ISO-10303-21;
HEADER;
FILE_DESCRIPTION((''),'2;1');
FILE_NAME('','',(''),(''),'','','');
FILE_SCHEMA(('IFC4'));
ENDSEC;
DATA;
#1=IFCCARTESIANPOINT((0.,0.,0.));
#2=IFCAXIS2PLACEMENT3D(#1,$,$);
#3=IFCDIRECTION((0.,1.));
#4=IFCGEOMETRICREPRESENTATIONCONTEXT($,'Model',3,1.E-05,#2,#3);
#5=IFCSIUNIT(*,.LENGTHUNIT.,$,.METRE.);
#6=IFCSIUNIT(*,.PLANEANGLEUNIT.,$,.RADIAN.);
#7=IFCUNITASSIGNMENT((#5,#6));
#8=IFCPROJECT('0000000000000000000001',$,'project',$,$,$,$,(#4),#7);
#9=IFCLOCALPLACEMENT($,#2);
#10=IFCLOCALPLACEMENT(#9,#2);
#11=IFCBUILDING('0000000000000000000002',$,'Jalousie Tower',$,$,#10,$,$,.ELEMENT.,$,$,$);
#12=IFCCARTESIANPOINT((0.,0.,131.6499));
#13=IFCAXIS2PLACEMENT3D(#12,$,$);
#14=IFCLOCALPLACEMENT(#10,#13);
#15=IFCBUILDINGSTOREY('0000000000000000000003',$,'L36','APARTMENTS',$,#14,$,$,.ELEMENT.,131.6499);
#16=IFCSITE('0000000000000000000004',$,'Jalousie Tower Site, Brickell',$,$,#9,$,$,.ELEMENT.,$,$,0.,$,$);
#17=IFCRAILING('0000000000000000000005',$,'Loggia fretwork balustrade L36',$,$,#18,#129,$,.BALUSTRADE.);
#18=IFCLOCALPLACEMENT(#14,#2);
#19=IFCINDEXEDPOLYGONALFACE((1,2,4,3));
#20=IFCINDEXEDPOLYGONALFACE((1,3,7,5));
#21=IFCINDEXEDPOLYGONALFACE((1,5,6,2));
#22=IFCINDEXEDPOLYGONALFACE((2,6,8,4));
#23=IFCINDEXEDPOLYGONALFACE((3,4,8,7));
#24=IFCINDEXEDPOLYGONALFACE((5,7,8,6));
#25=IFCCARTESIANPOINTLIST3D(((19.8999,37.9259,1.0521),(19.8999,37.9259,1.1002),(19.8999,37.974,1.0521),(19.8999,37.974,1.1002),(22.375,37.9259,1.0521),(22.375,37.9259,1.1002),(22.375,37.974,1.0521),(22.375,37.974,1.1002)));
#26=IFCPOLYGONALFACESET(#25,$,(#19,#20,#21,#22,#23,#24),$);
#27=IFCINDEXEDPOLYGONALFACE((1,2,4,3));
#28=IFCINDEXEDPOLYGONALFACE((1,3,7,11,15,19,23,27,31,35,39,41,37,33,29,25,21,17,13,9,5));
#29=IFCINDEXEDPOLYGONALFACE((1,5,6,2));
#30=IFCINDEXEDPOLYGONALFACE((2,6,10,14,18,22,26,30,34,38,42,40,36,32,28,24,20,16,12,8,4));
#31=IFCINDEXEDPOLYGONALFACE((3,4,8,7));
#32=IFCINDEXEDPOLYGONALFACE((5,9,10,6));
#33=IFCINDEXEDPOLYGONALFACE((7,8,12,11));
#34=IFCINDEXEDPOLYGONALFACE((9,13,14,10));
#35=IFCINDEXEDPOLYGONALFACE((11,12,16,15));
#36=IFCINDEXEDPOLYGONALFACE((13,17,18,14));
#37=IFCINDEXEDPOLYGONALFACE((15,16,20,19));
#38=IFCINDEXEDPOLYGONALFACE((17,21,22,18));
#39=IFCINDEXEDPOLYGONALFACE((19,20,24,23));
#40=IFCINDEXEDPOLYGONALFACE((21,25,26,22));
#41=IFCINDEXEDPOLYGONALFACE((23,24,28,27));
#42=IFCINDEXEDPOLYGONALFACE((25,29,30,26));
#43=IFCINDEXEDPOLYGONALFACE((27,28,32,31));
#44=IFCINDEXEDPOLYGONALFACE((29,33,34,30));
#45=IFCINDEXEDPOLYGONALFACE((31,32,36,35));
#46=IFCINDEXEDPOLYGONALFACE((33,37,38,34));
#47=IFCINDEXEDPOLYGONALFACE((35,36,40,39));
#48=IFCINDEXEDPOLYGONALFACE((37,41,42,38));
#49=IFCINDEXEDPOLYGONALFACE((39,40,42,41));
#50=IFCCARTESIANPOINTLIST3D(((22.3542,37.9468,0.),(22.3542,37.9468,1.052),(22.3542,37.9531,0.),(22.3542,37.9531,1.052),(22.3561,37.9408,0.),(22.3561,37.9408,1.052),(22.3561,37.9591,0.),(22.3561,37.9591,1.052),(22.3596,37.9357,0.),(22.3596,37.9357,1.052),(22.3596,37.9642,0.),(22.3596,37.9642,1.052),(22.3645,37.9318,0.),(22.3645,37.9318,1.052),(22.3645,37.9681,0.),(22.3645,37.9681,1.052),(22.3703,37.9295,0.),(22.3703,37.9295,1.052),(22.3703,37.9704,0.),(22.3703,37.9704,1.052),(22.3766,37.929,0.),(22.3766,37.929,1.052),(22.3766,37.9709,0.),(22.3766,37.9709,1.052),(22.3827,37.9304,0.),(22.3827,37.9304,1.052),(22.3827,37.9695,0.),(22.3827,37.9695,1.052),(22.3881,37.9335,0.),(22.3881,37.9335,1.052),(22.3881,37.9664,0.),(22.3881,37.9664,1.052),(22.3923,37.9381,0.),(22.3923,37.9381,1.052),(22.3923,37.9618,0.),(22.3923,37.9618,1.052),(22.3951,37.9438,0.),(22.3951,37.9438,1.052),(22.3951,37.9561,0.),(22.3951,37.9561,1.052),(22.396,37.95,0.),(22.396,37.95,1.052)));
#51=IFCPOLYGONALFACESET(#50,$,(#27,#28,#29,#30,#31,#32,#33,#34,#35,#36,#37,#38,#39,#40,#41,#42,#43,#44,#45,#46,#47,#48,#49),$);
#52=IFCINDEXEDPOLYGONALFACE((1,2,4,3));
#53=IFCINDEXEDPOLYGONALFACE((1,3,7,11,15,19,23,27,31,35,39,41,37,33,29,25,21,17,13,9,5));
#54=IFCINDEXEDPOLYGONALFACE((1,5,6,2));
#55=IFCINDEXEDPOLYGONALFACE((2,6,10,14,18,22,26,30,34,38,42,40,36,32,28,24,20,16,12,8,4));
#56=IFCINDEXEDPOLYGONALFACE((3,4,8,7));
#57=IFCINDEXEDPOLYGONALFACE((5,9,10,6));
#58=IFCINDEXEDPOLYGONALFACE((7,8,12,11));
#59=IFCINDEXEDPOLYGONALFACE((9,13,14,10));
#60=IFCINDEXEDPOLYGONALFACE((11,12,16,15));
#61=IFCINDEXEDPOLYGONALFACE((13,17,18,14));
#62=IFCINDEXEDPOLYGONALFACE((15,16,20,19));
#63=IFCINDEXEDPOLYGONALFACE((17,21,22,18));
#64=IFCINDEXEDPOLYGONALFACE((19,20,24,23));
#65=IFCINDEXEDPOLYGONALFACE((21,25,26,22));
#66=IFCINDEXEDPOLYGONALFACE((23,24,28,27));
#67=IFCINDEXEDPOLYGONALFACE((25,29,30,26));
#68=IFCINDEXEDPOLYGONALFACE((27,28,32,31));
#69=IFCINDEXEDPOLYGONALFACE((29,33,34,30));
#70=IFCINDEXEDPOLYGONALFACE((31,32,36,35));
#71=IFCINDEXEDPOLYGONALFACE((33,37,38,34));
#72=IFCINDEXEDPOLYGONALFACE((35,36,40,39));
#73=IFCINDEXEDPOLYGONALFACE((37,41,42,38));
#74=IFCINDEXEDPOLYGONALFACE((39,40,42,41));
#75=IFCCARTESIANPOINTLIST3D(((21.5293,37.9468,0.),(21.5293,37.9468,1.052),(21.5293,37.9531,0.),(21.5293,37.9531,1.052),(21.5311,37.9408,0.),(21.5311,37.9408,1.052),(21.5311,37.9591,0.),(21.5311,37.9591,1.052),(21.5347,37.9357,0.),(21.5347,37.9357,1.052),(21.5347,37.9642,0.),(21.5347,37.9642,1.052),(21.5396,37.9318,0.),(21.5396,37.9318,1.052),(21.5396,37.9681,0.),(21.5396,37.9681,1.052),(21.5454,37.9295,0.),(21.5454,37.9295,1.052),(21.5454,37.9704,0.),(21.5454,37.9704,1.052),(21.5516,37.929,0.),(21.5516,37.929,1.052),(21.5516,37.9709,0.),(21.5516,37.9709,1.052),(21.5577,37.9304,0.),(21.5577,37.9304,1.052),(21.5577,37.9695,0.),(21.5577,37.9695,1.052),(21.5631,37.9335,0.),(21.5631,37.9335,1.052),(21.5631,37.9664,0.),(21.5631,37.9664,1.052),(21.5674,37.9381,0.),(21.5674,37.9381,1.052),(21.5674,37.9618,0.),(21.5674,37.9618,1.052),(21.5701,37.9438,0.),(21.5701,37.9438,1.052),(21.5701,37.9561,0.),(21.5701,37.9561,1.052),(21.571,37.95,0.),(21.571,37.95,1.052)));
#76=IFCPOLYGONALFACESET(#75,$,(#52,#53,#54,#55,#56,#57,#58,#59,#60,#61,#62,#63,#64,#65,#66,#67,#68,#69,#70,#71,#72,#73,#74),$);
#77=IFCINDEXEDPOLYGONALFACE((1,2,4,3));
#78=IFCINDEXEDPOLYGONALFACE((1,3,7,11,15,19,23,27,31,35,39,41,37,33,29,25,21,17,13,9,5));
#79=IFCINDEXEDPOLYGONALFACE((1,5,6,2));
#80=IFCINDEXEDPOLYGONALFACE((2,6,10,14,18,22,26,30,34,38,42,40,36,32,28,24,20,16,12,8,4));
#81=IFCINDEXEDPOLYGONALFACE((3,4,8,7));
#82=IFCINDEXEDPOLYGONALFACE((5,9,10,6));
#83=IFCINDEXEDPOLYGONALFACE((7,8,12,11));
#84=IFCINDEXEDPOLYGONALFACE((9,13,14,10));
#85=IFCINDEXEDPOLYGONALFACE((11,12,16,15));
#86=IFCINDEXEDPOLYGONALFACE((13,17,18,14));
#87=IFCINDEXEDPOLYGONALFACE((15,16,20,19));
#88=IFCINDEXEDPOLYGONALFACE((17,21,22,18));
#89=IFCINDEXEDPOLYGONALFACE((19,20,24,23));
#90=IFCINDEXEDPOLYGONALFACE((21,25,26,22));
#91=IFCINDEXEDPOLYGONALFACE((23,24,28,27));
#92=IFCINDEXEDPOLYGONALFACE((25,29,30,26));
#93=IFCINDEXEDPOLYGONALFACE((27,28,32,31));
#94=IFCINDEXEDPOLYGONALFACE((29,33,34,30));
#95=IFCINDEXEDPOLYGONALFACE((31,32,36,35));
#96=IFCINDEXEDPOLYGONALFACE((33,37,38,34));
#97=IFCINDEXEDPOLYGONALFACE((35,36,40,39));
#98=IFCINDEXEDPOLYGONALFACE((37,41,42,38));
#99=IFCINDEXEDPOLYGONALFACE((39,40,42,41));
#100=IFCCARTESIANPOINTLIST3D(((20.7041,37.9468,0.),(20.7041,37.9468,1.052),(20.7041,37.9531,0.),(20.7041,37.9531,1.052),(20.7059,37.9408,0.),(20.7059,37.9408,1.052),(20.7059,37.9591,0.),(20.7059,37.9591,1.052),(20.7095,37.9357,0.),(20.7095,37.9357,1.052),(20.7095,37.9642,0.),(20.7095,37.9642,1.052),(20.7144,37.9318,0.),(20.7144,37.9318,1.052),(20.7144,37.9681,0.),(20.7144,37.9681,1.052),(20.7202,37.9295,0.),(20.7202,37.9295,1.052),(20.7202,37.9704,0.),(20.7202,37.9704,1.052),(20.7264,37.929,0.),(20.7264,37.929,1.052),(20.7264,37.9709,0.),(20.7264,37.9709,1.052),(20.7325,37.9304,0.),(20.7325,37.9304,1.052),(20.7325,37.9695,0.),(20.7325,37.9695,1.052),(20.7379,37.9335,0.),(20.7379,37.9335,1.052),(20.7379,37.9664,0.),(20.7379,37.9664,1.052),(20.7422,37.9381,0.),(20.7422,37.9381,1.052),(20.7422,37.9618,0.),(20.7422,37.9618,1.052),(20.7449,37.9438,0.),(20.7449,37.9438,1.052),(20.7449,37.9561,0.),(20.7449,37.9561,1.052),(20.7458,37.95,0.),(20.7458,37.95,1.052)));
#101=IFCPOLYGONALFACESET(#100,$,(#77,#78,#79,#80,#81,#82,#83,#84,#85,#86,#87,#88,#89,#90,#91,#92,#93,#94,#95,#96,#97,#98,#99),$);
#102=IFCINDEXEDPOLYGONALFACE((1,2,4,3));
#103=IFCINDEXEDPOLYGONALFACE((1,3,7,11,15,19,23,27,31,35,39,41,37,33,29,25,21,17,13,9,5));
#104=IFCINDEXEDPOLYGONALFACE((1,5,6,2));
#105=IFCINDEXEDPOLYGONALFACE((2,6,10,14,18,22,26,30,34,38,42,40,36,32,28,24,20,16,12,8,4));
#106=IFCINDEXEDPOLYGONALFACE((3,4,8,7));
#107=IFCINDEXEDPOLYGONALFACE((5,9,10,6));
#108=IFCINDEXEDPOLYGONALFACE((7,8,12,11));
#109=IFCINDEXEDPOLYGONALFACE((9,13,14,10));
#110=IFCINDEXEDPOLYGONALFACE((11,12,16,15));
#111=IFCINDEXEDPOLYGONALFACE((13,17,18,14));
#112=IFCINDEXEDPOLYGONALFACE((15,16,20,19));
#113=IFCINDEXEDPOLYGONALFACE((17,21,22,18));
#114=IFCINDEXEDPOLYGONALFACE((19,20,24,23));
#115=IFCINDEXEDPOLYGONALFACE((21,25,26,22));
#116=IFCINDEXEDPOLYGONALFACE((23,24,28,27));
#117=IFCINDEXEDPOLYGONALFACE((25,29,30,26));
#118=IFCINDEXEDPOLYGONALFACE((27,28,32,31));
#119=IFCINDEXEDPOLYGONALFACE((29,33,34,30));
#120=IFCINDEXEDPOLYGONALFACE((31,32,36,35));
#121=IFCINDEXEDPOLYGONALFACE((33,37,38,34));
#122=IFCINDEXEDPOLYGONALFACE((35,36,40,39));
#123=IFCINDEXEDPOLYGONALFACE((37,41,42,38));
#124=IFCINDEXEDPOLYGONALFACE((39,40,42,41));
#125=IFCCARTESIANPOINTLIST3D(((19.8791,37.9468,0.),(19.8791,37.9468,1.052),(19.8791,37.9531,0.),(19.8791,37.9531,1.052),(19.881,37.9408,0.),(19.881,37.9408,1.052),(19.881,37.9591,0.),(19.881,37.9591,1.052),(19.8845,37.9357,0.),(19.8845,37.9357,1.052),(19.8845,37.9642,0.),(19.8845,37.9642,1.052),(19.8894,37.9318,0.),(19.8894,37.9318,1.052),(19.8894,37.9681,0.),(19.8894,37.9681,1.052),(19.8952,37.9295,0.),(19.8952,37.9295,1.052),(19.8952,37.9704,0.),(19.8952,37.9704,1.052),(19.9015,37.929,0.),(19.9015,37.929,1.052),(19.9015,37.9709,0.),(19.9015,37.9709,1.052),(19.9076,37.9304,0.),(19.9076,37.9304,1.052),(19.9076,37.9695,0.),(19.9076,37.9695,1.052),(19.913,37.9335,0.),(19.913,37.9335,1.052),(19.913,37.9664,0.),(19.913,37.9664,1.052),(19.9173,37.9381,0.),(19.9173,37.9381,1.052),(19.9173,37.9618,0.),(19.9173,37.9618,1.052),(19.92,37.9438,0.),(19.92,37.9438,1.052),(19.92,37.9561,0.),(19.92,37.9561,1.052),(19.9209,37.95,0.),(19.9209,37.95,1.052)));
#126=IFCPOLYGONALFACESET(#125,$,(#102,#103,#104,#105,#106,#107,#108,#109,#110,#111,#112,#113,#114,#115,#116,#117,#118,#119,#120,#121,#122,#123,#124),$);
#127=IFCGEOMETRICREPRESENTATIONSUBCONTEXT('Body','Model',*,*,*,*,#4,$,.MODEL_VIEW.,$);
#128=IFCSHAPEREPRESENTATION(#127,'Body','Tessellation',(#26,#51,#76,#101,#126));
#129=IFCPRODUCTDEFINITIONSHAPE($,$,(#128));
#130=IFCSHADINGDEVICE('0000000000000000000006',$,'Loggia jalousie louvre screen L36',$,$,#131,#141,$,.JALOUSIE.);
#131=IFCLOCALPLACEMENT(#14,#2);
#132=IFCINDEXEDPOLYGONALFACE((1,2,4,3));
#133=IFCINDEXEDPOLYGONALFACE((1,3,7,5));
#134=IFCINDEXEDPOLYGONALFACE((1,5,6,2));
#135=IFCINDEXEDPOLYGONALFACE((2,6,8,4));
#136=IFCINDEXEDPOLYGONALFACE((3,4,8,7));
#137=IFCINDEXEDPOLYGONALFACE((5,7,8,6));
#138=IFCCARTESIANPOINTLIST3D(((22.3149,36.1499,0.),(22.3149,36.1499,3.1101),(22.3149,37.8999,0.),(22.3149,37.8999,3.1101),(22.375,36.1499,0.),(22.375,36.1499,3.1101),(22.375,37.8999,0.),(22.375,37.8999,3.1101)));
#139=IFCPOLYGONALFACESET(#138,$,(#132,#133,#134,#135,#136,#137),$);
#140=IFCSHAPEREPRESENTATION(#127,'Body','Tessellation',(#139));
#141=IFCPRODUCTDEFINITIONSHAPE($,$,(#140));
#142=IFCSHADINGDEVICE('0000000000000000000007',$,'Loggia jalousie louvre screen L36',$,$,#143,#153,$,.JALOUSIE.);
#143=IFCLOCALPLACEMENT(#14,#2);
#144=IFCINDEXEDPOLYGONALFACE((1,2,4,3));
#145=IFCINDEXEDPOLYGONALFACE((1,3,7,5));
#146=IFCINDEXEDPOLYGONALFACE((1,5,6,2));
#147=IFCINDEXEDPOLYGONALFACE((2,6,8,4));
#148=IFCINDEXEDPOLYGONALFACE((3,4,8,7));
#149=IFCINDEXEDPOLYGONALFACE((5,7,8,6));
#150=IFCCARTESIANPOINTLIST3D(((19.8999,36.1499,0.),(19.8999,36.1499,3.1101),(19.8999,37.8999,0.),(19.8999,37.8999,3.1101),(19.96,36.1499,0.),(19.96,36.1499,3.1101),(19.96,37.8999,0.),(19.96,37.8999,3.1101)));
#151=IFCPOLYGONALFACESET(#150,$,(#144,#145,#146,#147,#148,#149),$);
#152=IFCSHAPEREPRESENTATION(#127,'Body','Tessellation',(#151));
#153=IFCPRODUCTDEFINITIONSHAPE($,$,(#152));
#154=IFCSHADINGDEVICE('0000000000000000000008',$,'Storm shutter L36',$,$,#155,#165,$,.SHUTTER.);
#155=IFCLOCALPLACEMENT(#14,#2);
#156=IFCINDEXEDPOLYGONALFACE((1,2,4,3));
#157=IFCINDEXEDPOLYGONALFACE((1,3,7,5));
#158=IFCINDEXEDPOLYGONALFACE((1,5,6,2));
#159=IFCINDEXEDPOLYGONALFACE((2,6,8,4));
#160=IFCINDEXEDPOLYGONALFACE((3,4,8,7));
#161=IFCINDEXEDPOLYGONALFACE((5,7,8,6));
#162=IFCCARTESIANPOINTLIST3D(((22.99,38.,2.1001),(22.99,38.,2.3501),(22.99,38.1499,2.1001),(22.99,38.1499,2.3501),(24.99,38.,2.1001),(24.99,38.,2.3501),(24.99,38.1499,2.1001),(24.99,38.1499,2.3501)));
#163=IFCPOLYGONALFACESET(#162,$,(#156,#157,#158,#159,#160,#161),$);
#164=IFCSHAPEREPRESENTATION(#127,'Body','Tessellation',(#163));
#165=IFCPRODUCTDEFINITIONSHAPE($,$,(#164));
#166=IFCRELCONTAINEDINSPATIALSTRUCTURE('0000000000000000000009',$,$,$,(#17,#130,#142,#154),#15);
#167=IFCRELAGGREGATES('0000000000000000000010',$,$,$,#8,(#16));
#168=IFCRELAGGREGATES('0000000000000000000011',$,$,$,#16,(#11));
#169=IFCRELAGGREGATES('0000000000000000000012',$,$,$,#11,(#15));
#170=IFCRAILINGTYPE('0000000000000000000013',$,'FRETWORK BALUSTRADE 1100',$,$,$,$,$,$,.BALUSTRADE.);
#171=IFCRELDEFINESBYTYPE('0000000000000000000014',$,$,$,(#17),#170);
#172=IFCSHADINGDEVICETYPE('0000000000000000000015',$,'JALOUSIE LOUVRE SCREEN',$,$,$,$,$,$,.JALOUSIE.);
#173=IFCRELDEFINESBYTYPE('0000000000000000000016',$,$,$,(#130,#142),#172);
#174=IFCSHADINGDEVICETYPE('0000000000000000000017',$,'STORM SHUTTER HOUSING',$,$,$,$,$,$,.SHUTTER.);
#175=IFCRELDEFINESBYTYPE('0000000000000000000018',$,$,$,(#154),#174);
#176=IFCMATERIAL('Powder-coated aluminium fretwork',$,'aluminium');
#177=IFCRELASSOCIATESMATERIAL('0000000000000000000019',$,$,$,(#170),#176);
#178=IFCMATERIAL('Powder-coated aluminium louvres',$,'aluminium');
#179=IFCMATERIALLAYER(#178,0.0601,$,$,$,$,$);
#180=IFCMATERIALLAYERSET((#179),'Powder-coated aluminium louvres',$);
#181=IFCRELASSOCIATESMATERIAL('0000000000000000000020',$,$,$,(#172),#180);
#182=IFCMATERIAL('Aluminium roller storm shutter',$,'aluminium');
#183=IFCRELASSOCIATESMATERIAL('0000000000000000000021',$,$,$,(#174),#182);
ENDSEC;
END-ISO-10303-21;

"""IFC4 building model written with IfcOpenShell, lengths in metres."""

from ifc_helpers import new_model, si_unit, direction, frame, origin, origin_2d, place, context, subcontext, project, spatial, rectangle, circle, extrude, material, layer, layer_set, type_object, element, save


model = new_model("IFC4")

# Units and contexts
model_context = context("Model", 3, precision=1e-05, world=origin(), true_north=direction((0.0, 1.0)))
body_context = subcontext(model_context, "Body", "Model", "MODEL_VIEW")
ifc_project = project(units=[si_unit("LENGTHUNIT", "METRE"), si_unit("PLANEANGLEUNIT", "RADIAN")], contexts=[model_context])

# Site, building, storey
site_placement = place(None, origin())
site = spatial("IfcSite", under=ifc_project, at=site_placement, Name="Jalousie Tower Site, Brickell", CompositionType="ELEMENT", RefElevation=0.0)
building_placement = place(site_placement, origin())
building = spatial("IfcBuilding", under=site, at=building_placement, Name="Jalousie Tower", CompositionType="ELEMENT")
storey_placement = place(building_placement, frame((0.0, 0.0, 131.6499)))
storey = spatial("IfcBuildingStorey", under=building, at=storey_placement, Name="L36", Description="APARTMENTS", CompositionType="ELEMENT", Elevation=131.6499)

# Railing
ifc_material_1 = material(Name="Powder-coated aluminium fretwork", Category="aluminium")
railing_type = type_object("IfcRailingType", Name="FRETWORK BALUSTRADE 1100", PredefinedType="BALUSTRADE", material=ifc_material_1)
railing_placement = place(storey_placement, frame((22.375, 37.95, 0.0)))
element("IfcRailing", 1, at=railing_placement, inside=storey, type_object=railing_type, Name="Loggia fretwork balustrade L36", PredefinedType="BALUSTRADE", context=body_context, shape_type="SweptSolid", body=[
    extrude(rectangle(XDim=0.0481, YDim=0.0481, at=origin_2d()), frame((0.0, 0.0, 1.0762), z_axis=(-1.0, 0.0, 0.0), x_axis=(0.0, -1.0, 0.0)), (0.0, 0.0, 1.0), 2.4751),
    extrude(circle(Radius=0.021, at=origin_2d()), origin(), (0.0, 0.0, 1.0), 1.052),
    extrude(circle(Radius=0.021, at=origin_2d()), frame((-0.825, 0.0, 0.0)), (0.0, 0.0, 1.0), 1.052),
    extrude(circle(Radius=0.021, at=origin_2d()), frame((-1.6501, 0.0, 0.0)), (0.0, 0.0, 1.0), 1.052),
    extrude(circle(Radius=0.021, at=origin_2d()), frame((-2.4751, 0.0, 0.0)), (0.0, 0.0, 1.0), 1.052),
])

# Shading devices
ifc_material_2 = material(Name="Powder-coated aluminium louvres", Category="aluminium")
ifc_layer_1 = layer(ifc_material_2, 0.0601)
ifc_layer_set_1 = layer_set([ifc_layer_1], Name="Powder-coated aluminium louvres")
shading_device_type_1 = type_object("IfcShadingDeviceType", Name="JALOUSIE LOUVRE SCREEN", PredefinedType="JALOUSIE", material=ifc_layer_set_1)
for number, where, z_axis, x_axis, name in (
    (2, (22.345, 37.0249, 0.0), (0.0, 0.0, 1.0), (-1.0, 0.0, 0.0), "Loggia jalousie louvre screen L36"),
    (3, (19.9299, 37.0249, 0.0), (0.0, 0.0, 1.0), (-1.0, 0.0, 0.0), "Loggia jalousie louvre screen L36"),
):
    element("IfcShadingDevice", number, at=place(storey_placement, frame(where, z_axis=z_axis, x_axis=x_axis)), inside=storey, type_object=shading_device_type_1, Name=name, PredefinedType="JALOUSIE", context=body_context, shape_type="SweptSolid", body=[
        extrude(rectangle(XDim=0.0601, YDim=1.75, at=origin_2d()), origin(), (0.0, 0.0, 1.0), 3.1101),
    ])
ifc_material_3 = material(Name="Aluminium roller storm shutter", Category="aluminium")
shading_device_type_2 = type_object("IfcShadingDeviceType", Name="STORM SHUTTER HOUSING", PredefinedType="SHUTTER", material=ifc_material_3)
shading_device_placement = place(storey_placement, frame((23.99, 38.075, 2.1001), z_axis=(0.0, 0.0, 1.0), x_axis=(-1.0, 0.0, 0.0)))
element("IfcShadingDevice", 4, at=shading_device_placement, inside=storey, type_object=shading_device_type_2, Name="Storm shutter L36", PredefinedType="SHUTTER", context=body_context, shape_type="SweptSolid", body=[
    extrude(rectangle(XDim=2.0, YDim=0.1499, at=origin_2d()), origin(), (0.0, 0.0, 1.0), 0.25),
])

save(model, "model.ifc")
